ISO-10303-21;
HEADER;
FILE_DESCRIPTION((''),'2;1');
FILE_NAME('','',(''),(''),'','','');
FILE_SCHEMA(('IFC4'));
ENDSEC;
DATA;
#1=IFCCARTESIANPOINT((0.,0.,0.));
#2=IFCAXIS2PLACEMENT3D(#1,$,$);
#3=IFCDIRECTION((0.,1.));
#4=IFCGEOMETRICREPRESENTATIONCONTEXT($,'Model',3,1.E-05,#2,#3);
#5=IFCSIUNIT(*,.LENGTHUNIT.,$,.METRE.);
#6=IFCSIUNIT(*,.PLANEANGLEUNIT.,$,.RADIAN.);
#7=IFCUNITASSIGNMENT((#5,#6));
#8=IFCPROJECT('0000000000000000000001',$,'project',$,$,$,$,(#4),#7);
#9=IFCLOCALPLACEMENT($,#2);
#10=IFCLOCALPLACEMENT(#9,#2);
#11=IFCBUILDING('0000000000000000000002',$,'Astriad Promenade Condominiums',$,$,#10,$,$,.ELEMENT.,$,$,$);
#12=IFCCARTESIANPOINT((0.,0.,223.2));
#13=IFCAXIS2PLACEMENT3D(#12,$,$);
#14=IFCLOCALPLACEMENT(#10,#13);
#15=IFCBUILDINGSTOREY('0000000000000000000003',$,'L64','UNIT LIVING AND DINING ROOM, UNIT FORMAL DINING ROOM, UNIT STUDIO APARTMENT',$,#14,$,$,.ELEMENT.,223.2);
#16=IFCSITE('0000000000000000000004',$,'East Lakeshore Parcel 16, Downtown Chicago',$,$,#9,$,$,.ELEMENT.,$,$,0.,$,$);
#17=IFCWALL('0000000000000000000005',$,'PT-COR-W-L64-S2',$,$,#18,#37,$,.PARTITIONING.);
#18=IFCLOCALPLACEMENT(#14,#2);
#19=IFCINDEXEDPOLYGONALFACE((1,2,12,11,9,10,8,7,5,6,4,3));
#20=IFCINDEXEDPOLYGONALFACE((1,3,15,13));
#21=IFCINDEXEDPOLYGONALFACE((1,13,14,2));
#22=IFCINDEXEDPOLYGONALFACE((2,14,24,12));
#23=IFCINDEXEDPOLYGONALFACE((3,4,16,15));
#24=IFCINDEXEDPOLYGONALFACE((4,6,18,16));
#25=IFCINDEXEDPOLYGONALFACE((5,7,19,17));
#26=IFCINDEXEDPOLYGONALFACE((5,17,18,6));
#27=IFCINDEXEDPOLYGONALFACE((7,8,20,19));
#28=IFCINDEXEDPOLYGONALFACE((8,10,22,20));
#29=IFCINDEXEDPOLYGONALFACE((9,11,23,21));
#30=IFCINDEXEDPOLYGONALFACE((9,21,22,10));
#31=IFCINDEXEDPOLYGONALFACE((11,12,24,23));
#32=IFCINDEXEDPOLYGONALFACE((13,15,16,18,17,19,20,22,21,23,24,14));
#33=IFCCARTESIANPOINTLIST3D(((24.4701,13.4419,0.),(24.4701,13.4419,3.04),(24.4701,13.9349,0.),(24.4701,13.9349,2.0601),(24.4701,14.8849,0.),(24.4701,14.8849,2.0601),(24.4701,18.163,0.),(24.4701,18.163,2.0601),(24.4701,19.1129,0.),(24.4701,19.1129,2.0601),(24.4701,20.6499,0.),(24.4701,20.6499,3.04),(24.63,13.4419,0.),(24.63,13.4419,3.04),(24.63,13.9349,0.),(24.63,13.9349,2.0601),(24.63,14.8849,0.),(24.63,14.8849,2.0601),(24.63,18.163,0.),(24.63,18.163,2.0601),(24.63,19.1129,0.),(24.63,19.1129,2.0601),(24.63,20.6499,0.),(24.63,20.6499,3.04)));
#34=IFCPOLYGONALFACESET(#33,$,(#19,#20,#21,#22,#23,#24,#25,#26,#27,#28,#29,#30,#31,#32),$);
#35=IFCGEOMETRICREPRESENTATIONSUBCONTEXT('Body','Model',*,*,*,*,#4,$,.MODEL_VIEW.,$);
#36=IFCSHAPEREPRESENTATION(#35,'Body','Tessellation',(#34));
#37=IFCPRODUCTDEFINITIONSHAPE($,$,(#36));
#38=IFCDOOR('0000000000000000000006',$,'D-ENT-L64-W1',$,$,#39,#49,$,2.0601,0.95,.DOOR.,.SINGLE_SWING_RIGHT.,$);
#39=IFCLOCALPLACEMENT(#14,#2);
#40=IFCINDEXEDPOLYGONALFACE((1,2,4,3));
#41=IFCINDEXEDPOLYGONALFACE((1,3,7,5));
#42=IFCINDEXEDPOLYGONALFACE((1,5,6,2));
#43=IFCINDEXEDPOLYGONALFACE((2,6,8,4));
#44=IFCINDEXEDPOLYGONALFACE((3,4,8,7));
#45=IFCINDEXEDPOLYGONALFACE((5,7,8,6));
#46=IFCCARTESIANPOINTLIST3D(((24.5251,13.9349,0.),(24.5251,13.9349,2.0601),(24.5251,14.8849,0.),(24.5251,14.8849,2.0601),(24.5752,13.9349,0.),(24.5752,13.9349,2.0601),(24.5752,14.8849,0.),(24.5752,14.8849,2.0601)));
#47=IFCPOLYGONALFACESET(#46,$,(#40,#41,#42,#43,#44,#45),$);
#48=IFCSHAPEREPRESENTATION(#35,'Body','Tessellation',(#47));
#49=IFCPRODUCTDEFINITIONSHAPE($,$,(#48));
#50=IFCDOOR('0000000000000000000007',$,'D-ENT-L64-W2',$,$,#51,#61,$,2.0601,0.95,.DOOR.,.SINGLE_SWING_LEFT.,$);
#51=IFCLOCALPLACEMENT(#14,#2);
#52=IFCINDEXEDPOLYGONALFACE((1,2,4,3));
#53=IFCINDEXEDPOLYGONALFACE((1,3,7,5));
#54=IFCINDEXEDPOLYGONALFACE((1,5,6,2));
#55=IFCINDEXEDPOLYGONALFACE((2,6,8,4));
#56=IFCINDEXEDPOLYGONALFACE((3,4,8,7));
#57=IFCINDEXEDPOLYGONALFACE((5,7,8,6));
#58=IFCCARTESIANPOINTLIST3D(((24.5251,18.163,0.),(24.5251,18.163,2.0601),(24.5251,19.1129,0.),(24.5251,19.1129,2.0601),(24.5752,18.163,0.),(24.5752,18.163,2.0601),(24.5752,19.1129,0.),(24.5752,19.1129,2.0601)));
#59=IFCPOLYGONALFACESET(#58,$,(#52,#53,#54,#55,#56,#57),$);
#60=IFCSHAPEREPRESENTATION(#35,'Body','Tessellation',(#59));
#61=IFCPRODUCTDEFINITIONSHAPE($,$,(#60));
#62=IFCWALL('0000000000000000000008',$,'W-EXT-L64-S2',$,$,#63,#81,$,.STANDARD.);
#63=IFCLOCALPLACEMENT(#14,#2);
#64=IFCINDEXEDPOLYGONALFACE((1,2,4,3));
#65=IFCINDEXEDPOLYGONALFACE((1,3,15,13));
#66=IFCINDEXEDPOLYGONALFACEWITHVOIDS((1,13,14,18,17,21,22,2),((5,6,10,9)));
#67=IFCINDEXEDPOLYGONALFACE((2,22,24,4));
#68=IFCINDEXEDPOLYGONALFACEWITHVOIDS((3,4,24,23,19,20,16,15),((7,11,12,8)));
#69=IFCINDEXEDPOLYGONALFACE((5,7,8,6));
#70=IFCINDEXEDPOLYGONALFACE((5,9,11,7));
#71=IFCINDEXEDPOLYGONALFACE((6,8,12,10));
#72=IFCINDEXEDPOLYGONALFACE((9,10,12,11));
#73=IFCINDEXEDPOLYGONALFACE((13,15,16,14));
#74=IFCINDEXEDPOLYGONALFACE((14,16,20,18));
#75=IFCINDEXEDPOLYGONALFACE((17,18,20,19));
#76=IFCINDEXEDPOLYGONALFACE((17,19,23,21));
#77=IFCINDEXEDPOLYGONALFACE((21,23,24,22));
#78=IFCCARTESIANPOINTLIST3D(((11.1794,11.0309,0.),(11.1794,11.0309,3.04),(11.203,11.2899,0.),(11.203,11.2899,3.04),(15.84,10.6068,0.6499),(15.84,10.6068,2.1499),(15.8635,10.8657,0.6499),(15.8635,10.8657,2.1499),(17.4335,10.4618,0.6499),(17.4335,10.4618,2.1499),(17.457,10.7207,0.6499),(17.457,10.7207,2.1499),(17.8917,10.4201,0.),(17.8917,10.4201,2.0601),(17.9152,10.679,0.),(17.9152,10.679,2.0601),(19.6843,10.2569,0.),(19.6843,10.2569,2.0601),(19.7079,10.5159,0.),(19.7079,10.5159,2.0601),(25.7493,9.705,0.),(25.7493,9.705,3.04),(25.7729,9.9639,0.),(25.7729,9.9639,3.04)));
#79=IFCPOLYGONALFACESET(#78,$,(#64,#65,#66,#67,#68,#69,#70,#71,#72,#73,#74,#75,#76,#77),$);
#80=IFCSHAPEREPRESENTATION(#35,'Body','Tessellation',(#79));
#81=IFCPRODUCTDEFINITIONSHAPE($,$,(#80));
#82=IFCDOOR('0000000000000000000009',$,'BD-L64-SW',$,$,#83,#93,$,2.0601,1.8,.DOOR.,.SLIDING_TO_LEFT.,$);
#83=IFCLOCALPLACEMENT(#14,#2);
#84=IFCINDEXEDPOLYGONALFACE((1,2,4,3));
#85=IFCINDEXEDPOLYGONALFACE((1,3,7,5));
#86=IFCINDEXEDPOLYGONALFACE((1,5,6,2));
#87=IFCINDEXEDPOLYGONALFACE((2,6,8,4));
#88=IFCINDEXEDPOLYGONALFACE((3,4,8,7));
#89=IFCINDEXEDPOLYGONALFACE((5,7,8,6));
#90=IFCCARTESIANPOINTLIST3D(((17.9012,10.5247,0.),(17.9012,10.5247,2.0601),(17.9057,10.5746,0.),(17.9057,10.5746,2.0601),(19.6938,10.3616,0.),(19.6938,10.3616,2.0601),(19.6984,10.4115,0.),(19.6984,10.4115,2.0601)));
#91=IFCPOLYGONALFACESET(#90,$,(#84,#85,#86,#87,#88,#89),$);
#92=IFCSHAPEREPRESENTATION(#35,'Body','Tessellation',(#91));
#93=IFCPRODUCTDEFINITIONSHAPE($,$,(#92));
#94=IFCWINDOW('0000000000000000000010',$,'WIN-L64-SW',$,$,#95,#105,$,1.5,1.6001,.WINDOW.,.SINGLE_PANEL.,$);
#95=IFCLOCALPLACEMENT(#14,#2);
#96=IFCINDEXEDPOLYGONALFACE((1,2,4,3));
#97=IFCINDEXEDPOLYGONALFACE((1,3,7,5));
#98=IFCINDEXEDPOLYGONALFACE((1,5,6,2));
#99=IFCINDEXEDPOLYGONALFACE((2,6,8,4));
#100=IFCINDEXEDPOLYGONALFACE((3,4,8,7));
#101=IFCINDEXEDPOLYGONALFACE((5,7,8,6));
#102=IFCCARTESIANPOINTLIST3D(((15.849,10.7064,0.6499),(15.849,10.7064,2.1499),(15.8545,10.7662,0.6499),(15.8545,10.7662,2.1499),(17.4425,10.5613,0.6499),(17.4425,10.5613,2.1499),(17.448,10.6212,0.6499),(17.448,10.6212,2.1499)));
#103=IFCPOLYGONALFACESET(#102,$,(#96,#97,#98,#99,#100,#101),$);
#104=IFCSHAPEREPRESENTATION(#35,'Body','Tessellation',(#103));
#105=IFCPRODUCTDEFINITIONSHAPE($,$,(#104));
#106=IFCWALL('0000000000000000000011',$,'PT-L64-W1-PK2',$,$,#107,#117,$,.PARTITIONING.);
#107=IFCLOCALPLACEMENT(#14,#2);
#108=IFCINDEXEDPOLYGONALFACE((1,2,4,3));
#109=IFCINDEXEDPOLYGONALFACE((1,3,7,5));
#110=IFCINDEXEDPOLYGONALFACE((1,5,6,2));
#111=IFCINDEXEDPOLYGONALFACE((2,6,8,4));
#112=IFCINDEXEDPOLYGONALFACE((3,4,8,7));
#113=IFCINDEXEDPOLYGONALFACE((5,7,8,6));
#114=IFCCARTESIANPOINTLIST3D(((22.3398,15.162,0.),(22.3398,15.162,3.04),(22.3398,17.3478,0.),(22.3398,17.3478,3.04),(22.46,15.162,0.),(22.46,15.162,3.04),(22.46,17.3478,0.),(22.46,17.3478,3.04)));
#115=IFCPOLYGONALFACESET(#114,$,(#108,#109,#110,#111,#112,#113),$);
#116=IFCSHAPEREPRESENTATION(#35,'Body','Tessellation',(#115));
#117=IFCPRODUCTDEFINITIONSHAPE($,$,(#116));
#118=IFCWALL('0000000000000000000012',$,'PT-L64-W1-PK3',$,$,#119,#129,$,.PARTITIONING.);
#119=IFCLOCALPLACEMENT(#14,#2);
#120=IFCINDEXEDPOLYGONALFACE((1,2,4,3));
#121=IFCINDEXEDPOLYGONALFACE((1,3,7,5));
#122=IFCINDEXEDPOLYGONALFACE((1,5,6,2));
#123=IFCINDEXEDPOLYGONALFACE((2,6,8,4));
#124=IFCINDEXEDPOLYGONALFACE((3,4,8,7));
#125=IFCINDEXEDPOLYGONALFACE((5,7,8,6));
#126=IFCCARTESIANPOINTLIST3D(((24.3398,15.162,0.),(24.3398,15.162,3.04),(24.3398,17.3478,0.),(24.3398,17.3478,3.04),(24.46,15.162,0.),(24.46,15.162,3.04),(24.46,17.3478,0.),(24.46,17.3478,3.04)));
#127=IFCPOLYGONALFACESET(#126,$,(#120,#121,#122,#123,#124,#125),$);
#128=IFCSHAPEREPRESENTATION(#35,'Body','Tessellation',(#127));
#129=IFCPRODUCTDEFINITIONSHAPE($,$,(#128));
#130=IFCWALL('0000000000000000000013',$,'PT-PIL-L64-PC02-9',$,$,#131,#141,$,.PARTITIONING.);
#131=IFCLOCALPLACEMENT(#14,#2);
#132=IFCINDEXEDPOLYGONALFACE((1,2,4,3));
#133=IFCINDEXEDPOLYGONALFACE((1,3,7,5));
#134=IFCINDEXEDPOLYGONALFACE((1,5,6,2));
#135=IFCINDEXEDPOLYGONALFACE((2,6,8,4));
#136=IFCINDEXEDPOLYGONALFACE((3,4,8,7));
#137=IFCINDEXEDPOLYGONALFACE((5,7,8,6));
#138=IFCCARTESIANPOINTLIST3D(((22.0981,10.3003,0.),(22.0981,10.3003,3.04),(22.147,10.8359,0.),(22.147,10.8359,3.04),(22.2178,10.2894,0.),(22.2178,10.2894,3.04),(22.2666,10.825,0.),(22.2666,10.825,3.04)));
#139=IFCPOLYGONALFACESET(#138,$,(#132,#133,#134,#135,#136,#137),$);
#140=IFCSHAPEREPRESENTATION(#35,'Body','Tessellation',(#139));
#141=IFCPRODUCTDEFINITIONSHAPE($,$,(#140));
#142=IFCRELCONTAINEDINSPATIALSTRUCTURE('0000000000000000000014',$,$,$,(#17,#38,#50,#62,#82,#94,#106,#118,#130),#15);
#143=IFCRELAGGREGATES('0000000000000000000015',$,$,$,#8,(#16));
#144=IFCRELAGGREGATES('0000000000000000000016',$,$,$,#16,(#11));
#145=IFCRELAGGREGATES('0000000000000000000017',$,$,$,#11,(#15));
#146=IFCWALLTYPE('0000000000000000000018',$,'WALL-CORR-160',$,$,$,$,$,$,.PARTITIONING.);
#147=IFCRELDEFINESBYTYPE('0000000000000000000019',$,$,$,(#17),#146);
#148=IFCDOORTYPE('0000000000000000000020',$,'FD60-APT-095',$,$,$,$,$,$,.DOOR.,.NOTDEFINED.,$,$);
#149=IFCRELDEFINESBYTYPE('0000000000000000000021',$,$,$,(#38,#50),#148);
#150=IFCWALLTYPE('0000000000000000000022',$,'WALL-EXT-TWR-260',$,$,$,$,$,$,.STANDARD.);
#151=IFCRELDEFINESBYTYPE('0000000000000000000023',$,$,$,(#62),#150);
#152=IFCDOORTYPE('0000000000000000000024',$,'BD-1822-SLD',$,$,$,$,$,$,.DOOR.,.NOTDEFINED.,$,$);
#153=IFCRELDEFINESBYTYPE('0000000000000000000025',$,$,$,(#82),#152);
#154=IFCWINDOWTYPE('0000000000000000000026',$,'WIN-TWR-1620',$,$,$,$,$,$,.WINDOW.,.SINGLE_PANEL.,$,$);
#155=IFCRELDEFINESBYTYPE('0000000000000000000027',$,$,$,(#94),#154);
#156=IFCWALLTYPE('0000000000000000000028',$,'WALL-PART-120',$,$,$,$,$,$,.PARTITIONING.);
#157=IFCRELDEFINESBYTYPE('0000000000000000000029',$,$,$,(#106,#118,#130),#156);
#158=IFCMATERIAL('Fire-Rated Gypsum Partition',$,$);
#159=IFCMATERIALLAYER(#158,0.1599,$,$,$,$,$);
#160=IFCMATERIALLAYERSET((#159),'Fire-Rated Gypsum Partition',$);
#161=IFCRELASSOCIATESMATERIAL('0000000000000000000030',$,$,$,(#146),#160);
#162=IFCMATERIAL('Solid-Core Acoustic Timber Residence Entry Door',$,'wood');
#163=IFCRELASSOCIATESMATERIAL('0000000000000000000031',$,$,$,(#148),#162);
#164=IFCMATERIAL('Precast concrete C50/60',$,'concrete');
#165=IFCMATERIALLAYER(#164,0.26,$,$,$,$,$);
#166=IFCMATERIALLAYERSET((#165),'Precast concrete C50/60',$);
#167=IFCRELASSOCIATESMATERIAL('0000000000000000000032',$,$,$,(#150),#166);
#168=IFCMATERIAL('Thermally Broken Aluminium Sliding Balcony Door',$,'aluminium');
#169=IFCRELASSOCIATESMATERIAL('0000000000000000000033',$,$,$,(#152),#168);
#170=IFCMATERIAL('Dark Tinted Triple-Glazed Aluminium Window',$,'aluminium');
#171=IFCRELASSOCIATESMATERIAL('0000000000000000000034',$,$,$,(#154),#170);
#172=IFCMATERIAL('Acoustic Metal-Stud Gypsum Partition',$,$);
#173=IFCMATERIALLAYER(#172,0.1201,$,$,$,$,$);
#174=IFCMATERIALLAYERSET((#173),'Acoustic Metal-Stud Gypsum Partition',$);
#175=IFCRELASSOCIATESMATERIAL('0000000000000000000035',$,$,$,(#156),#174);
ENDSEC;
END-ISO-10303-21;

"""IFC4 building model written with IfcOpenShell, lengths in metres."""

from ifc_helpers import new_model, si_unit, direction, frame, frame_2d, origin, place, context, subcontext, project, spatial, rectangle, extrude, source, transform, mapped, material, layer, layer_set, type_object, type_shapes, element, fill, save


model = new_model("IFC4")

# Units and contexts
model_context = context("Model", 3, precision=1e-05, world=origin(), true_north=direction((0.0, 1.0)))
body_context = subcontext(model_context, "Body", "Model", "MODEL_VIEW")
ifc_project = project(units=[si_unit("LENGTHUNIT", "METRE"), si_unit("PLANEANGLEUNIT", "RADIAN")], contexts=[model_context])

# Site, building, storey
site_placement = place(None, origin())
site = spatial("IfcSite", under=ifc_project, at=site_placement, Name="East Lakeshore Parcel 16, Downtown Chicago", CompositionType="ELEMENT", RefElevation=0.0)
building_placement = place(site_placement, origin())
building = spatial("IfcBuilding", under=site, at=building_placement, Name="Astriad Promenade Condominiums", CompositionType="ELEMENT")
storey_placement = place(building_placement, frame((0.0, 0.0, 223.2)))
storey = spatial("IfcBuildingStorey", under=building, at=storey_placement, Name="L64", Description="UNIT LIVING AND DINING ROOM, UNIT FORMAL DINING ROOM, UNIT STUDIO APARTMENT", CompositionType="ELEMENT", Elevation=223.2)

# Shared definitions
ifc_material_1 = material(Name="Fire-Rated Gypsum Partition")
ifc_layer_1 = layer(ifc_material_1, 0.1599)
ifc_layer_set_1 = layer_set([ifc_layer_1], Name="Fire-Rated Gypsum Partition")
wall_type_1 = type_object("IfcWallType", Name="WALL-CORR-160", PredefinedType="PARTITIONING", material=ifc_layer_set_1)
ifc_material_2 = material(Name="Solid-Core Acoustic Timber Residence Entry Door", Category="wood")
door_type_1 = type_object("IfcDoorType", Name="FD60-APT-095", OperationType="NOTDEFINED", PredefinedType="DOOR", material=ifc_material_2)
shared_shape_1 = source(origin(), body_context, "Body", "SweptSolid", [
    extrude(rectangle(XDim=0.95, YDim=2.0601, at=frame_2d((0.4751, 1.03))), frame((0.0, 0.0249, 0.0), z_axis=(0.0, -1.0, 0.0), x_axis=(1.0, 0.0, 0.0)), (0.0, 0.0, 1.0), 0.05),
])
type_shapes(door_type_1, [shared_shape_1])

# Wall, openings, doors
wall_1_placement = place(storey_placement, frame((24.55, 13.4419, 0.0), z_axis=(0.0, 0.0, 1.0), x_axis=(0.0, 1.0, 0.0)))
wall_1 = element("IfcWall", 1, at=wall_1_placement, inside=storey, type_object=wall_type_1, Name="PT-COR-W-L64-S2", PredefinedType="PARTITIONING", context=body_context, shape_type="SweptSolid", body=[
    extrude(rectangle(XDim=7.208, YDim=0.1599, at=frame_2d((3.604, 0.0))), origin(), (0.0, 0.0, 1.0), 3.04),
])
opening_1_placement = place(wall_1_placement, frame((0.4929, 0.0, 0.0)))
opening_1 = element("IfcOpeningElement", 2, at=opening_1_placement, cuts=wall_1, PredefinedType="OPENING", context=body_context, shape_type="SweptSolid", body=[
    extrude(rectangle(XDim=0.95, YDim=2.0601, at=frame_2d((0.4751, 1.03))), frame((0.0, 0.0898, 0.0), z_axis=(0.0, -1.0, 0.0), x_axis=(1.0, 0.0, 0.0)), (0.0, 0.0, 1.0), 0.1799),
])
opening_2_placement = place(wall_1_placement, frame((4.7209, 0.0, 0.0)))
opening_2 = element("IfcOpeningElement", 3, at=opening_2_placement, cuts=wall_1, PredefinedType="OPENING", context=body_context, shape_type="SweptSolid", body=[
    extrude(rectangle(XDim=0.95, YDim=2.0601, at=frame_2d((0.4751, 1.03))), frame((0.0, 0.0898, 0.0), z_axis=(0.0, -1.0, 0.0), x_axis=(1.0, 0.0, 0.0)), (0.0, 0.0, 1.0), 0.1799),
])
door_1_placement = place(opening_1_placement, origin())
door_1 = element("IfcDoor", 4, at=door_1_placement, inside=storey, type_object=door_type_1, Name="D-ENT-L64-W1", OperationType="SINGLE_SWING_RIGHT", OverallHeight=2.0601, OverallWidth=0.95, PredefinedType="DOOR", context=body_context, shape_type="MappedRepresentation", body=[
    mapped(shared_shape_1, transform((0.0, 0.0, 0.0), scale=1.0)),
])
fill(opening_1, door_1)
door_2_placement = place(opening_2_placement, origin())
door_2 = element("IfcDoor", 5, at=door_2_placement, inside=storey, type_object=door_type_1, Name="D-ENT-L64-W2", OperationType="SINGLE_SWING_LEFT", OverallHeight=2.0601, OverallWidth=0.95, PredefinedType="DOOR", context=body_context, shape_type="MappedRepresentation", body=[
    mapped(shared_shape_1, transform((0.0, 0.0, 0.0), scale=1.0)),
])
fill(opening_2, door_2)

# Wall, openings, door, window
ifc_material_3 = material(Name="Precast concrete C50/60", Category="concrete")
ifc_layer_2 = layer(ifc_material_3, 0.26)
ifc_layer_set_2 = layer_set([ifc_layer_2], Name="Precast concrete C50/60")
wall_type_2 = type_object("IfcWallType", Name="WALL-EXT-TWR-260", PredefinedType="STANDARD", material=ifc_layer_set_2)
wall_2_placement = place(storey_placement, frame((25.761, 9.8345, 0.0), z_axis=(0.0, 0.0, 1.0), x_axis=(-0.995885, 0.090631, 0.0)))
wall_2 = element("IfcWall", 6, at=wall_2_placement, inside=storey, type_object=wall_type_2, Name="W-EXT-L64-S2", PredefinedType="STANDARD", context=body_context, shape_type="SweptSolid", body=[
    extrude(rectangle(XDim=14.6301, YDim=0.26, at=frame_2d((7.3149, 0.0))), origin(), (0.0, 0.0, 1.0), 3.04),
])
opening_3_placement = place(wall_2_placement, frame((6.0901, 0.0, 0.0)))
opening_3 = element("IfcOpeningElement", 7, at=opening_3_placement, cuts=wall_2, PredefinedType="OPENING", context=body_context, shape_type="SweptSolid", body=[
    extrude(rectangle(XDim=1.8, YDim=2.0601, at=frame_2d((0.8999, 1.03))), frame((0.0, 0.1399, 0.0), z_axis=(0.0, -1.0, 0.0), x_axis=(1.0, 0.0, 0.0)), (0.0, 0.0, 1.0), 0.28),
])
opening_4_placement = place(wall_2_placement, frame((8.3501, 0.0, 0.6499)))
opening_4 = element("IfcOpeningElement", 8, at=opening_4_placement, cuts=wall_2, PredefinedType="OPENING", context=body_context, shape_type="SweptSolid", body=[
    extrude(rectangle(XDim=1.6001, YDim=1.5, at=frame_2d((0.8, 0.75))), frame((0.0, 0.1399, 0.0), z_axis=(0.0, -1.0, 0.0), x_axis=(1.0, 0.0, 0.0)), (0.0, 0.0, 1.0), 0.28),
])
ifc_material_4 = material(Name="Thermally Broken Aluminium Sliding Balcony Door", Category="aluminium")
door_type_2 = type_object("IfcDoorType", Name="BD-1822-SLD", OperationType="NOTDEFINED", PredefinedType="DOOR", material=ifc_material_4)
shared_shape_2 = source(origin(), body_context, "Body", "SweptSolid", [
    extrude(rectangle(XDim=1.8, YDim=2.0601, at=frame_2d((0.8999, 1.03))), frame((0.0, 0.0249, 0.0), z_axis=(0.0, -1.0, 0.0), x_axis=(1.0, 0.0, 0.0)), (0.0, 0.0, 1.0), 0.05),
])
type_shapes(door_type_2, [shared_shape_2])
door_3_placement = place(opening_3_placement, origin())
door_3 = element("IfcDoor", 9, at=door_3_placement, inside=storey, type_object=door_type_2, Name="BD-L64-SW", OperationType="SLIDING_TO_LEFT", OverallHeight=2.0601, OverallWidth=1.8, PredefinedType="DOOR", context=body_context, shape_type="MappedRepresentation", body=[
    mapped(shared_shape_2, transform((0.0, 0.0, 0.0), scale=1.0)),
])
fill(opening_3, door_3)
ifc_material_5 = material(Name="Dark Tinted Triple-Glazed Aluminium Window", Category="aluminium")
window_type = type_object("IfcWindowType", Name="WIN-TWR-1620", PartitioningType="SINGLE_PANEL", PredefinedType="WINDOW", material=ifc_material_5)
shared_shape_3 = source(origin(), body_context, "Body", "SweptSolid", [
    extrude(rectangle(XDim=1.6001, YDim=1.5, at=frame_2d((0.8, 0.75))), frame((0.0, 0.03, 0.0), z_axis=(0.0, -1.0, 0.0), x_axis=(1.0, 0.0, 0.0)), (0.0, 0.0, 1.0), 0.0601),
])
type_shapes(window_type, [shared_shape_3])
window_placement = place(opening_4_placement, origin())
window = element("IfcWindow", 10, at=window_placement, inside=storey, type_object=window_type, Name="WIN-L64-SW", OverallHeight=1.5, OverallWidth=1.6001, PartitioningType="SINGLE_PANEL", PredefinedType="WINDOW", context=body_context, shape_type="MappedRepresentation", body=[
    mapped(shared_shape_3, transform((0.0, 0.0, 0.0), scale=1.0)),
])
fill(opening_4, window)

# Walls
ifc_material_6 = material(Name="Acoustic Metal-Stud Gypsum Partition")
ifc_layer_3 = layer(ifc_material_6, 0.1201)
ifc_layer_set_3 = layer_set([ifc_layer_3], Name="Acoustic Metal-Stud Gypsum Partition")
wall_type_3 = type_object("IfcWallType", Name="WALL-PART-120", PredefinedType="PARTITIONING", material=ifc_layer_set_3)
for number, where, z_axis, x_axis, name in (
    (11, (22.3999, 15.1621, 0.0), (0.0, 0.0, 1.0), (0.0, 1.0, 0.0), "PT-L64-W1-PK2"),
    (12, (24.3999, 15.1621, 0.0), (0.0, 0.0, 1.0), (0.0, 1.0, 0.0), "PT-L64-W1-PK3"),
):
    element("IfcWall", number, at=place(storey_placement, frame(where, z_axis=z_axis, x_axis=x_axis)), inside=storey, type_object=wall_type_3, Name=name, PredefinedType="PARTITIONING", context=body_context, shape_type="SweptSolid", body=[
        extrude(rectangle(XDim=2.1858, YDim=0.1201, at=frame_2d((1.0928, 0.0))), origin(), (0.0, 0.0, 1.0), 3.04),
    ])
wall_3_placement = place(storey_placement, frame((22.2068, 10.8306, 0.0), z_axis=(0.0, 0.0, 1.0), x_axis=(-0.090781, -0.995871, 0.0)))
element("IfcWall", 13, at=wall_3_placement, inside=storey, type_object=wall_type_3, Name="PT-PIL-L64-PC02-9", PredefinedType="PARTITIONING", context=body_context, shape_type="SweptSolid", body=[
    extrude(rectangle(XDim=0.5378, YDim=0.1201, at=frame_2d((0.269, 0.0))), origin(), (0.0, 0.0, 1.0), 3.04),
])

save(model, "model.ifc")
